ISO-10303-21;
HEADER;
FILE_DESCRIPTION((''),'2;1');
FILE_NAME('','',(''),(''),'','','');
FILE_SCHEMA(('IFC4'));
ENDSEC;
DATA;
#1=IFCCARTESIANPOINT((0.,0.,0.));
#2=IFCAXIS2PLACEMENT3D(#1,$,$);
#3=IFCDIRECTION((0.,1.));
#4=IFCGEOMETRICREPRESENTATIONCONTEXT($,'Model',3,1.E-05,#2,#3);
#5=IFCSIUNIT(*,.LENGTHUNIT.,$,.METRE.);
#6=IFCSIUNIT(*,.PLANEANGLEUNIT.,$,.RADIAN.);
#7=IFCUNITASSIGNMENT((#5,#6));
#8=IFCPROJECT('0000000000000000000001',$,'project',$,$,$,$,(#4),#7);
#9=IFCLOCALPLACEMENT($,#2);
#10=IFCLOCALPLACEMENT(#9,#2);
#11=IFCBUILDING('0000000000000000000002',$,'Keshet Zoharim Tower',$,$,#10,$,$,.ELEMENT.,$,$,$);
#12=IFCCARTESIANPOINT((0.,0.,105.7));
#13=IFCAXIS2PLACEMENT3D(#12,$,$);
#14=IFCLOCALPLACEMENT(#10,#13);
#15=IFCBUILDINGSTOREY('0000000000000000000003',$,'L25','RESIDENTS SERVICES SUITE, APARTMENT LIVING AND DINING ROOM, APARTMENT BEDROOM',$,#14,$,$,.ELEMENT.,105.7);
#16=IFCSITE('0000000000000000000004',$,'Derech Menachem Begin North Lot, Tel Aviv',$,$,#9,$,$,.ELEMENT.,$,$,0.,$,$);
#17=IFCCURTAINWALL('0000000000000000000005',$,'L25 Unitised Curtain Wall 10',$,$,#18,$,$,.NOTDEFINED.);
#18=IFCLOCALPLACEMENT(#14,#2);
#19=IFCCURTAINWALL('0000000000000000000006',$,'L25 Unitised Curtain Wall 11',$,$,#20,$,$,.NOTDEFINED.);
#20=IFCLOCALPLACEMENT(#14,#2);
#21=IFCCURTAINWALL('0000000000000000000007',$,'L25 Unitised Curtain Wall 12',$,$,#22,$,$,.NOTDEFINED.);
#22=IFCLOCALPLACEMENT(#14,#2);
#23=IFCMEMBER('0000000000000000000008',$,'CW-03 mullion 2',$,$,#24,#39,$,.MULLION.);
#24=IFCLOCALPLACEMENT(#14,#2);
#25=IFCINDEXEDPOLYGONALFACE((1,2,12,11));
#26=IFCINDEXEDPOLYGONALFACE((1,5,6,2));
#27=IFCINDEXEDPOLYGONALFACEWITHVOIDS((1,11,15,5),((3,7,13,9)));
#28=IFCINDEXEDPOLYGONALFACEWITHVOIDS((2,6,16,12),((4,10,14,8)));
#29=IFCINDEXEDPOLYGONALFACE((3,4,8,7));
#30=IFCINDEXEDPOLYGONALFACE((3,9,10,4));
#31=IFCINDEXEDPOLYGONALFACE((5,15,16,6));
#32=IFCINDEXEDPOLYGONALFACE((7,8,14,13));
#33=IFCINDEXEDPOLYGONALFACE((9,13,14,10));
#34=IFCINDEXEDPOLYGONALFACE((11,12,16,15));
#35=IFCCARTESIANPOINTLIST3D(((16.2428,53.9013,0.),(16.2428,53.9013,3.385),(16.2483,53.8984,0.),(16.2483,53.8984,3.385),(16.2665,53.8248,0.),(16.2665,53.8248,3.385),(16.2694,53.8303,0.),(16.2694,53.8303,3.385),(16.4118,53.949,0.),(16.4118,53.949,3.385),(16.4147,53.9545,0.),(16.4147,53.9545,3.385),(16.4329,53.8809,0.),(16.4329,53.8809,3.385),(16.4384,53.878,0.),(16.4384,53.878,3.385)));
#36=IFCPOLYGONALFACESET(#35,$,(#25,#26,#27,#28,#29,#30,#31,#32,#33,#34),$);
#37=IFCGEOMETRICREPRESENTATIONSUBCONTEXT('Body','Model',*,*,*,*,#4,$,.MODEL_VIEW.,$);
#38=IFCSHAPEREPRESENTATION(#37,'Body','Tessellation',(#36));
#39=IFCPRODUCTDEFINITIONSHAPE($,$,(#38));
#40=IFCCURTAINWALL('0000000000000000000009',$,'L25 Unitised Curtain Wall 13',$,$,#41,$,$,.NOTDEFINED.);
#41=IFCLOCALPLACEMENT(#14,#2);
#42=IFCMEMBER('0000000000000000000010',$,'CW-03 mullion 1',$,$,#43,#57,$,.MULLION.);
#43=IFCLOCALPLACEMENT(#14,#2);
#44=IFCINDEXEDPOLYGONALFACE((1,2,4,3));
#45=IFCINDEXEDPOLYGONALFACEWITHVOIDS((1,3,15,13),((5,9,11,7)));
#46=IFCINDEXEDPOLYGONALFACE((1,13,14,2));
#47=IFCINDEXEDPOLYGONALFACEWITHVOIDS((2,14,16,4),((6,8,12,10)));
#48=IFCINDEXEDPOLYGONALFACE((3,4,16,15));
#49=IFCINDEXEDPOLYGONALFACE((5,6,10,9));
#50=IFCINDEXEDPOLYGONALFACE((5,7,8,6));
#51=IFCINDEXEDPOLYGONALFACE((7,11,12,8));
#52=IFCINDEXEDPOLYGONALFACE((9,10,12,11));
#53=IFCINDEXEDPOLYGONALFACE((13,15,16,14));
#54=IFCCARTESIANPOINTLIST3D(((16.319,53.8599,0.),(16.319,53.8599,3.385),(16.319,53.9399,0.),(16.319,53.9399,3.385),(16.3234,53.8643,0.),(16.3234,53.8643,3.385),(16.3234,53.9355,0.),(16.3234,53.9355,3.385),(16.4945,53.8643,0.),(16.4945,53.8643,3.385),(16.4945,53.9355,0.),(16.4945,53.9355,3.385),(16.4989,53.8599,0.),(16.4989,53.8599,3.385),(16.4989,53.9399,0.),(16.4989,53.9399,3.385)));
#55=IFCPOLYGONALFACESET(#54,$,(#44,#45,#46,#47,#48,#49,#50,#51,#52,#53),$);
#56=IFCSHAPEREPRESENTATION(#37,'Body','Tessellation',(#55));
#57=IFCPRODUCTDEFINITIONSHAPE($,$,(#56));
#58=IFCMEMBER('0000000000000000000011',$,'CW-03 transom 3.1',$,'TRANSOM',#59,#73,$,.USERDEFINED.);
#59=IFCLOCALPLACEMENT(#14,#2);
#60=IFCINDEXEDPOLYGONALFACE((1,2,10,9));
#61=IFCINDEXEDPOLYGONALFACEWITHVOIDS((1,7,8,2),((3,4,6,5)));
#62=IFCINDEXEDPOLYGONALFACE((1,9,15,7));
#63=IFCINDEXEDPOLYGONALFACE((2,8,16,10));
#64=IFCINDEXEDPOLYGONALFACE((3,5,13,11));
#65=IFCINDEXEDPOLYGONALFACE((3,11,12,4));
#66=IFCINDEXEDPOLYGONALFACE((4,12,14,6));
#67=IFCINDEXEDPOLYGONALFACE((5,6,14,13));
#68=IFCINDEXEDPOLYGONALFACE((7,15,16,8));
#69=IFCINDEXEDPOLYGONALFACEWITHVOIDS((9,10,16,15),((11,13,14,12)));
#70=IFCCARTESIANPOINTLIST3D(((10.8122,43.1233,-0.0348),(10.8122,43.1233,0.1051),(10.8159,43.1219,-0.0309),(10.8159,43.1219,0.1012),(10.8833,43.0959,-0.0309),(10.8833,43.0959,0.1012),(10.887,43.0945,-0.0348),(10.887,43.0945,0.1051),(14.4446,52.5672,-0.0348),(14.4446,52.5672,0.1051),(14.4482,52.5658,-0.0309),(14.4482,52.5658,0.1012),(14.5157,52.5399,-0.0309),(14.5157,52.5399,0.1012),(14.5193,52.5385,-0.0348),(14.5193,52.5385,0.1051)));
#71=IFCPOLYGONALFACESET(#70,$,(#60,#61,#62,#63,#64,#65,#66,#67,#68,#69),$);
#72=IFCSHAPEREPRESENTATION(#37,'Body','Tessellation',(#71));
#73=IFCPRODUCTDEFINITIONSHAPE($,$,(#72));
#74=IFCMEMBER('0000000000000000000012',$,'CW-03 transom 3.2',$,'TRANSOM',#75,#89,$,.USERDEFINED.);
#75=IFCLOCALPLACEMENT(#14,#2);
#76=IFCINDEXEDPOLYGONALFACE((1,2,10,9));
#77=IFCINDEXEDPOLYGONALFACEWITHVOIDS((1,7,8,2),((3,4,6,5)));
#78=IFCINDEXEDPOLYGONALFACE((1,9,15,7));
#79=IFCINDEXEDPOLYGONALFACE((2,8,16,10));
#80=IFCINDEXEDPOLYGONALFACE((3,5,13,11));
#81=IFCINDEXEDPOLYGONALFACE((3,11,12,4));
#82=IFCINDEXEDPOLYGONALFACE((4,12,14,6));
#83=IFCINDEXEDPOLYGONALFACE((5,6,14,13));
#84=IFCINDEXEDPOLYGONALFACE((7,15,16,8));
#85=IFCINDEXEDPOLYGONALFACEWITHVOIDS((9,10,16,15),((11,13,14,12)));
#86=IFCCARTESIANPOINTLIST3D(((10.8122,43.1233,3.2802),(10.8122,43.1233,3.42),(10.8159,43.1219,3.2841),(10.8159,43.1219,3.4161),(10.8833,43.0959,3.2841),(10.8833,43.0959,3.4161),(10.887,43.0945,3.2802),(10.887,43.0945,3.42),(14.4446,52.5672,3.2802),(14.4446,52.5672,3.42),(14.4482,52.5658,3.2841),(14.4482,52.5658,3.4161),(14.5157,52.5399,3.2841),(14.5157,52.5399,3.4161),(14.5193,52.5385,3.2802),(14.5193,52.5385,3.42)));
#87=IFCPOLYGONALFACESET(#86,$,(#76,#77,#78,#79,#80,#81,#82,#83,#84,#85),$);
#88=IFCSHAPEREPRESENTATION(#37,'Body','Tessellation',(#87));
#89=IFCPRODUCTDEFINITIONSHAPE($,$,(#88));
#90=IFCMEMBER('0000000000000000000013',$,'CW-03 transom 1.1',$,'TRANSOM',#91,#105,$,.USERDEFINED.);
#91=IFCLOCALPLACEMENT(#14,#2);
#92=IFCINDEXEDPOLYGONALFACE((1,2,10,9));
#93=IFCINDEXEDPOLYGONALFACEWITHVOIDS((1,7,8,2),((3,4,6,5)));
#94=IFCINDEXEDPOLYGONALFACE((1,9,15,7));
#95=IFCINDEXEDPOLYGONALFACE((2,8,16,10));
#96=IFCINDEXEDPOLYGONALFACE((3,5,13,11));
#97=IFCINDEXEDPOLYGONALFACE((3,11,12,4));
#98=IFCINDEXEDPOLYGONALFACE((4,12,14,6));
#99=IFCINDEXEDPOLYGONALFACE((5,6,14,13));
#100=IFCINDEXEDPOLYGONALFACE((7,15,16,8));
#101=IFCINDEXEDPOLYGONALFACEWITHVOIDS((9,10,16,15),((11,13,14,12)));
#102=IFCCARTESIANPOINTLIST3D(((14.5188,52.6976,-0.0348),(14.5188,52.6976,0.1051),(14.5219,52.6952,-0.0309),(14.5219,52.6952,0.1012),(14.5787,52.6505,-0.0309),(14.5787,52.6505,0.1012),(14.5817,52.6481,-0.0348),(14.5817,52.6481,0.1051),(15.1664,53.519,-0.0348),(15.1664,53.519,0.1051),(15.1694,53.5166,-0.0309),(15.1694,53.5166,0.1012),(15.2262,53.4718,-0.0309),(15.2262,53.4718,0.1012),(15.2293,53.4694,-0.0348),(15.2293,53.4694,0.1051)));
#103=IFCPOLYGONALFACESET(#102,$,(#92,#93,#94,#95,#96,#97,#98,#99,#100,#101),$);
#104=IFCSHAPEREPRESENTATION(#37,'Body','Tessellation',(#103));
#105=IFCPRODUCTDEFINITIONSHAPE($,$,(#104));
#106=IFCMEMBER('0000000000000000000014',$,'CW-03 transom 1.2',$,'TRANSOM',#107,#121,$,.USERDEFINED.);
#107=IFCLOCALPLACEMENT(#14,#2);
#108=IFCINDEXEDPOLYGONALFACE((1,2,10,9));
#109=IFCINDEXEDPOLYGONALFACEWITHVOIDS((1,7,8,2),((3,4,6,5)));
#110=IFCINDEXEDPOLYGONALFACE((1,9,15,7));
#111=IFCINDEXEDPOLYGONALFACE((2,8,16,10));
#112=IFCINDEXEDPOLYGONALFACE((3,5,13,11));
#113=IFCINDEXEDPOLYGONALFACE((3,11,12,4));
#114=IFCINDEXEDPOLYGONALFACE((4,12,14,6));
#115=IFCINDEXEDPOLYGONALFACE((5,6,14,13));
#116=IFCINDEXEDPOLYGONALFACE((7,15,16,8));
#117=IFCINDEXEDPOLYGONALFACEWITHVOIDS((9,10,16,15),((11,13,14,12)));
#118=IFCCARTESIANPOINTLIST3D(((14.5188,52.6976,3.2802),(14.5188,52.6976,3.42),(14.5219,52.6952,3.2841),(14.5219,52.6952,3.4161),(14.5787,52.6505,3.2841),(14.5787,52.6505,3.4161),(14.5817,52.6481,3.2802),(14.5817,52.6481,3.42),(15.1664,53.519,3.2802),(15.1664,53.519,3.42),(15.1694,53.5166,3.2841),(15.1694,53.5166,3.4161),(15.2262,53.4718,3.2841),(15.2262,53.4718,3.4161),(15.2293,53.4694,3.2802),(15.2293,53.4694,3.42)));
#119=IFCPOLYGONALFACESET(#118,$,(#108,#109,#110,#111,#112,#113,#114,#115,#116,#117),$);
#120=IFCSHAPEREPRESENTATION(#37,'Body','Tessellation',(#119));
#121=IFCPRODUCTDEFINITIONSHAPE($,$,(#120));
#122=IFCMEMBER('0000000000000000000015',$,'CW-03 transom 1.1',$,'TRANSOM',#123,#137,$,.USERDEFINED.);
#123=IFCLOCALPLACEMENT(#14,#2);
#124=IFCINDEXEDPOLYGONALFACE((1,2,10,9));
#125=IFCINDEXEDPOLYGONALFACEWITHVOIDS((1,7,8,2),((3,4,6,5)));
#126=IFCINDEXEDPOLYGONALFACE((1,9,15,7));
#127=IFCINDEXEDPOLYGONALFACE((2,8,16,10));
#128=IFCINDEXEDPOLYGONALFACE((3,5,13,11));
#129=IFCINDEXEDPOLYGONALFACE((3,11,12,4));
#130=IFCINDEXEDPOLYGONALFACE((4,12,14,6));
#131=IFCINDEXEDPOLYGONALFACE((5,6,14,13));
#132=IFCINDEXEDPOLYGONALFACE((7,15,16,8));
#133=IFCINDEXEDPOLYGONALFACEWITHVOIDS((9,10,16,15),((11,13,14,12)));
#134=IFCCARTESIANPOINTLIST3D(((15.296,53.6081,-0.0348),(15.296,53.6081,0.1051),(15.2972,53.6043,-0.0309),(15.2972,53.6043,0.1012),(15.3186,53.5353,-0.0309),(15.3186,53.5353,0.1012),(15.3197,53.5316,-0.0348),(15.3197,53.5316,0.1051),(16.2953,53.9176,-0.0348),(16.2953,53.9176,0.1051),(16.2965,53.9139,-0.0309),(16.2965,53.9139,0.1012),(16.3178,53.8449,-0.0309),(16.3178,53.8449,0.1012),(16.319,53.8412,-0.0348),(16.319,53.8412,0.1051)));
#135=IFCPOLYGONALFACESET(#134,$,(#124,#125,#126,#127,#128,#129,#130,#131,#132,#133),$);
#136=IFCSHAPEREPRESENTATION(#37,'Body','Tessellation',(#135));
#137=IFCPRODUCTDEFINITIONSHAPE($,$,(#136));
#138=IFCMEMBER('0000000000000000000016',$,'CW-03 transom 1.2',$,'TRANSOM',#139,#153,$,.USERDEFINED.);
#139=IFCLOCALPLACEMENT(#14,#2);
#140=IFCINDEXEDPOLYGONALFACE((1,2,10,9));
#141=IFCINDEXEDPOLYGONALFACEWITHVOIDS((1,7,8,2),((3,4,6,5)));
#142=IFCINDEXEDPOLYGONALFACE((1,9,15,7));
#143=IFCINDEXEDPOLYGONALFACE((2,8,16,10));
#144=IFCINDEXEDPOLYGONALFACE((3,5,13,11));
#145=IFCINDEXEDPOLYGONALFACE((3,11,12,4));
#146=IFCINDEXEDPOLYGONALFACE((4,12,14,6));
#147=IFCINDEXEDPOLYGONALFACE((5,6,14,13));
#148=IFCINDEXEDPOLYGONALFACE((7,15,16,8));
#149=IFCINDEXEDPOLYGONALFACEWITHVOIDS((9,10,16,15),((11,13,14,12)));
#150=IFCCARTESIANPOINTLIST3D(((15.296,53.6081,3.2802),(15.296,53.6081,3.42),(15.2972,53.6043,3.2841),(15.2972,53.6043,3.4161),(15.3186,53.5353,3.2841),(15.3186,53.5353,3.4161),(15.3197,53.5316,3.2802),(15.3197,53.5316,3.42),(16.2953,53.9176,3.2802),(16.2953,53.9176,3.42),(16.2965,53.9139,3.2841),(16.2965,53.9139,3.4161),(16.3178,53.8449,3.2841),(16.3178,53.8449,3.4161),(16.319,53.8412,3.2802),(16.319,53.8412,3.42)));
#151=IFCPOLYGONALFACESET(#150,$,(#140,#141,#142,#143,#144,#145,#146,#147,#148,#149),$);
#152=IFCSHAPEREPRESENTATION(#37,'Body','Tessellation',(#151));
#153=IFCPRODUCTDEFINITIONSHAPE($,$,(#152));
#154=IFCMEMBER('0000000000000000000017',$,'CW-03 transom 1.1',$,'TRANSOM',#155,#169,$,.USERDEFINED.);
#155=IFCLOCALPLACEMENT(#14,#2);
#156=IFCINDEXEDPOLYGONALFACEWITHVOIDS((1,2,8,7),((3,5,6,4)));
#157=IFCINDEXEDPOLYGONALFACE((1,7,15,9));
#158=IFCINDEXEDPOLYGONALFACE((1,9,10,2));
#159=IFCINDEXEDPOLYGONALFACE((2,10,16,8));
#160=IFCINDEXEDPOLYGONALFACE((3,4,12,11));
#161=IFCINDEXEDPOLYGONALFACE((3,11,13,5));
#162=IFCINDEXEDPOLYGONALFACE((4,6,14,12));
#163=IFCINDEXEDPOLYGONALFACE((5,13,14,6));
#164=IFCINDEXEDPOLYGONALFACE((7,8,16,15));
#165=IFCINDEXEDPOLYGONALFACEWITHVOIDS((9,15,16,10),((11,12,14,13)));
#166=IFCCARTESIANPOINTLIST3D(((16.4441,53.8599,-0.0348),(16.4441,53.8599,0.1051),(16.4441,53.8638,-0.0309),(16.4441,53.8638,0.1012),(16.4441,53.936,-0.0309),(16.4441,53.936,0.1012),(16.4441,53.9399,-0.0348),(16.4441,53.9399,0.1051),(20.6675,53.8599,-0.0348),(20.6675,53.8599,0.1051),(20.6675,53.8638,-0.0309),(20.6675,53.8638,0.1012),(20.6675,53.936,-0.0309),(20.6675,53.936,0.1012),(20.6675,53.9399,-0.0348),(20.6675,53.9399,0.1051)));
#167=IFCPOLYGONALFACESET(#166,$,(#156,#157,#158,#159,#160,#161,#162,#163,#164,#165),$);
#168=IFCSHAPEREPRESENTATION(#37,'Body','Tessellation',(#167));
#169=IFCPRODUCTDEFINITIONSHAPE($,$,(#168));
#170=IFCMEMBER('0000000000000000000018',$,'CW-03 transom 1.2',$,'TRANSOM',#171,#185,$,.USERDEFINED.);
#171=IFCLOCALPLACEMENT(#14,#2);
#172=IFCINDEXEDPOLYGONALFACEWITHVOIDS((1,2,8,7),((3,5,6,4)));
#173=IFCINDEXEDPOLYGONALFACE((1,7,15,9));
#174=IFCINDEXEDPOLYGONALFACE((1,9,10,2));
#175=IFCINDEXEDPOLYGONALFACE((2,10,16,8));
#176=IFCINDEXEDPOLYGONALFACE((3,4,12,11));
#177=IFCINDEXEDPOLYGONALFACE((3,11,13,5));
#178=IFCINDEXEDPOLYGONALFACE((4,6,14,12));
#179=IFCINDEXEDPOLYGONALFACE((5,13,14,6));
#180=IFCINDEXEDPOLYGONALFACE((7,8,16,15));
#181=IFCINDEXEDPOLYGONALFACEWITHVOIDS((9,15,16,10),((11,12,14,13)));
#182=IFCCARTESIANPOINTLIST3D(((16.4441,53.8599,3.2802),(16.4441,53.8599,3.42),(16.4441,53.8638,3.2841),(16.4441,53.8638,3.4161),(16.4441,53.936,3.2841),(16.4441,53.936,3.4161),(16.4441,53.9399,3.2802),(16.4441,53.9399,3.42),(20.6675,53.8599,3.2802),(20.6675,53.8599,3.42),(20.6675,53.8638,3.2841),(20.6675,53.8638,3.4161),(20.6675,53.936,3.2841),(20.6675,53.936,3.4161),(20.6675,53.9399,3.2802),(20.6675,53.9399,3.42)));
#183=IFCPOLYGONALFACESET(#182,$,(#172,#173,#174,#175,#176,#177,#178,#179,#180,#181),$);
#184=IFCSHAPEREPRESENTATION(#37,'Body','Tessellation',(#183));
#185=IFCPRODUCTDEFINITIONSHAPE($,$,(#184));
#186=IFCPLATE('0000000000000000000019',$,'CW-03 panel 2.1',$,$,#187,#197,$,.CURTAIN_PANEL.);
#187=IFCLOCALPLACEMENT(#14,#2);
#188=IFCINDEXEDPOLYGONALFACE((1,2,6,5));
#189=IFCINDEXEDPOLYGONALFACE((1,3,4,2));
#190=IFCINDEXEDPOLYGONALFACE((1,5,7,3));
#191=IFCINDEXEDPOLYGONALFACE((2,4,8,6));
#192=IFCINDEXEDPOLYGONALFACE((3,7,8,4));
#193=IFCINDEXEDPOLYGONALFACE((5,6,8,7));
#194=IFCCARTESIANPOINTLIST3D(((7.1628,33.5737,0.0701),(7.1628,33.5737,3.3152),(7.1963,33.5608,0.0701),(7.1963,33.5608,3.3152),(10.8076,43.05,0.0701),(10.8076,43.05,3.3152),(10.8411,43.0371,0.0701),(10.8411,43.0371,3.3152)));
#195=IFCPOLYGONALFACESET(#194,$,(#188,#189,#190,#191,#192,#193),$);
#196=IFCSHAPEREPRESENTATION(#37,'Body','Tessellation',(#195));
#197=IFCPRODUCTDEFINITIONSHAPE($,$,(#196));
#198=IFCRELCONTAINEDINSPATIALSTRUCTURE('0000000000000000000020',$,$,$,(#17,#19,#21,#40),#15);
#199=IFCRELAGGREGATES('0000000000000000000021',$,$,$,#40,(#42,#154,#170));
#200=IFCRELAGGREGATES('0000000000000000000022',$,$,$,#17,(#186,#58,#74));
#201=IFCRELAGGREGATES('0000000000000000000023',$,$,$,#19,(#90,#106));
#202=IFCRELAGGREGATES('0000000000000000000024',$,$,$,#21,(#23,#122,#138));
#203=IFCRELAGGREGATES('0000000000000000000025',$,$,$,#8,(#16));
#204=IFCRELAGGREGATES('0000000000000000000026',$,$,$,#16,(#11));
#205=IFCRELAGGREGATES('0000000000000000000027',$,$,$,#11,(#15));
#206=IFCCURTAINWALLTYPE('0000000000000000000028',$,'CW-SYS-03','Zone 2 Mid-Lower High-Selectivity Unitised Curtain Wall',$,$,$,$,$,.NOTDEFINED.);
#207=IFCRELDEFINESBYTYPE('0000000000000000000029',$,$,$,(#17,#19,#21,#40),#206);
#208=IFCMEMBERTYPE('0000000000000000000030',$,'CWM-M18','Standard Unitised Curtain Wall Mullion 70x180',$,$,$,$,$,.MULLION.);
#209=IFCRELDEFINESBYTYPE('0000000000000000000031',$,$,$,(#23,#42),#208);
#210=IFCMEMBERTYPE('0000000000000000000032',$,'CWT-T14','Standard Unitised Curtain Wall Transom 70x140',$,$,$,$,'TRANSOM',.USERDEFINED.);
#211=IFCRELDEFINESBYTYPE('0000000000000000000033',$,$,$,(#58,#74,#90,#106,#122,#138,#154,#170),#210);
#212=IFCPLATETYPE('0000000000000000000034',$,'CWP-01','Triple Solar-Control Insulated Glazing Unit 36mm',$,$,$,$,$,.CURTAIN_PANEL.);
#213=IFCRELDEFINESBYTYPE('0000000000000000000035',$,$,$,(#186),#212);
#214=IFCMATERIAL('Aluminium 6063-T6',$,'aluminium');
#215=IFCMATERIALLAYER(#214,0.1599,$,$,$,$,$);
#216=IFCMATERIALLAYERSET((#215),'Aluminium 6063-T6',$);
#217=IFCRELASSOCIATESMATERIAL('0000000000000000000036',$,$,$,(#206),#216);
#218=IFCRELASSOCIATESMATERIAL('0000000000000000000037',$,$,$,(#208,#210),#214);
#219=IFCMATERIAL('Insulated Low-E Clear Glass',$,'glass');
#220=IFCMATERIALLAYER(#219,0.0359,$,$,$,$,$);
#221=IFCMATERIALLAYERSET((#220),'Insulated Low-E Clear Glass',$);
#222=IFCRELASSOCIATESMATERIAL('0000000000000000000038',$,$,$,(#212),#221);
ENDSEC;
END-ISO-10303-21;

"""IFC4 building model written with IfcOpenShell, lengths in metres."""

from ifc_helpers import new_model, si_unit, direction, frame, origin, origin_2d, place, context, subcontext, project, spatial, rectangle, hollow_rectangle, extrude, material, layer, layer_set, material_profile, profile_set, type_object, element, aggregate, save


model = new_model("IFC4")

# Units and contexts
model_context = context("Model", 3, precision=1e-05, world=origin(), true_north=direction((0.0, 1.0)))
body_context = subcontext(model_context, "Body", "Model", "MODEL_VIEW")
ifc_project = project(units=[si_unit("LENGTHUNIT", "METRE"), si_unit("PLANEANGLEUNIT", "RADIAN")], contexts=[model_context])

# Site, building, storey
site_placement = place(None, origin())
site = spatial("IfcSite", under=ifc_project, at=site_placement, Name="Derech Menachem Begin North Lot, Tel Aviv", CompositionType="ELEMENT", RefElevation=0.0)
building_placement = place(site_placement, origin())
building = spatial("IfcBuilding", under=site, at=building_placement, Name="Keshet Zoharim Tower", CompositionType="ELEMENT")
storey_placement = place(building_placement, frame((0.0, 0.0, 105.7)))
storey = spatial("IfcBuildingStorey", under=building, at=storey_placement, Name="L25", Description="RESIDENTS SERVICES SUITE, APARTMENT LIVING AND DINING ROOM, APARTMENT BEDROOM", CompositionType="ELEMENT", Elevation=105.7)

# Curtain walls, member
ifc_material_1 = material(Name="Aluminium 6063-T6", Category="aluminium")
ifc_layer_1 = layer(ifc_material_1, 0.1599)
ifc_layer_set_1 = layer_set([ifc_layer_1], Name="Aluminium 6063-T6")
curtain_wall_type = type_object("IfcCurtainWallType", Name="CW-SYS-03", Description="Zone 2 Mid-Lower High-Selectivity Unitised Curtain Wall", PredefinedType="NOTDEFINED", material=ifc_layer_set_1)
curtain_wall_1_placement = place(storey_placement, origin())
curtain_wall_1 = element("IfcCurtainWall", 1, at=curtain_wall_1_placement, inside=storey, type_object=curtain_wall_type, Name="L25 Unitised Curtain Wall 10", PredefinedType="NOTDEFINED")
ifc_material_profile_1 = material_profile(ifc_material_1, hollow_rectangle(XDim=0.0801, YDim=0.1799, WallThickness=0.0044, at=origin_2d()), Name="MUL-80x180")
ifc_profile_set_1 = profile_set([ifc_material_profile_1], Name="Aluminium 6063-T6")
member_type_1 = type_object("IfcMemberType", Name="CWM-M18", Description="Standard Unitised Curtain Wall Mullion 70x180", PredefinedType="MULLION", material=ifc_profile_set_1)
curtain_wall_2_placement = place(storey_placement, origin())
curtain_wall_2 = element("IfcCurtainWall", 2, at=curtain_wall_2_placement, inside=storey, type_object=curtain_wall_type, Name="L25 Unitised Curtain Wall 11", PredefinedType="NOTDEFINED")
curtain_wall_3_placement = place(storey_placement, origin())
curtain_wall_3 = element("IfcCurtainWall", 3, at=curtain_wall_3_placement, inside=storey, type_object=curtain_wall_type, Name="L25 Unitised Curtain Wall 12", PredefinedType="NOTDEFINED")
member_1_placement = place(storey_placement, frame((16.3406, 53.8896, 0.0), z_axis=(0.0, 0.0, 1.0), x_axis=(-0.295922, 0.955212, 0.0)))
member_1 = element("IfcMember", 4, at=member_1_placement, type_object=member_type_1, Name="CW-03 mullion 2", PredefinedType="MULLION", context=body_context, shape_type="SweptSolid", body=[
    extrude(hollow_rectangle(XDim=0.0801, YDim=0.1799, WallThickness=0.0044, at=origin_2d()), origin(), (0.0, 0.0, 1.0), 3.385),
])

# Curtain wall, member
curtain_wall_4_placement = place(storey_placement, origin())
curtain_wall_4 = element("IfcCurtainWall", 5, at=curtain_wall_4_placement, inside=storey, type_object=curtain_wall_type, Name="L25 Unitised Curtain Wall 13", PredefinedType="NOTDEFINED")
member_2_placement = place(storey_placement, frame((16.4089, 53.8999, 0.0), z_axis=(0.0, 0.0, 1.0), x_axis=(0.0, 1.0, 0.0)))
member_2 = element("IfcMember", 6, at=member_2_placement, type_object=member_type_1, Name="CW-03 mullion 1", PredefinedType="MULLION", context=body_context, shape_type="SweptSolid", body=[
    extrude(hollow_rectangle(XDim=0.0801, YDim=0.1799, WallThickness=0.0044, at=origin_2d()), origin(), (0.0, 0.0, 1.0), 3.385),
])

# Members
ifc_material_profile_2 = material_profile(ifc_material_1, hollow_rectangle(XDim=0.0801, YDim=0.1399, WallThickness=0.0039, at=origin_2d()), Name="TRN-80x140")
ifc_profile_set_2 = profile_set([ifc_material_profile_2], Name="Aluminium 6063-T6")
member_type_2 = type_object("IfcMemberType", Name="CWT-T14", Description="Standard Unitised Curtain Wall Transom 70x140", ElementType="TRANSOM", PredefinedType="USERDEFINED", material=ifc_profile_set_2)
member_3_placement = place(storey_placement, frame((10.8496, 43.1089, 0.0352), z_axis=(0.358986, 0.933343, 0.0), x_axis=(-0.933343, 0.358986, 0.0)))
member_3 = element("IfcMember", 7, at=member_3_placement, type_object=member_type_2, Name="CW-03 transom 3.1", ObjectType="TRANSOM", PredefinedType="USERDEFINED", context=body_context, shape_type="SweptSolid", body=[
    extrude(hollow_rectangle(XDim=0.0801, YDim=0.1399, WallThickness=0.0039, at=origin_2d()), origin(), (0.0, 0.0, 1.0), 10.1184),
])
member_4_placement = place(storey_placement, frame((10.8496, 43.1089, 3.3501), z_axis=(0.358986, 0.933343, 0.0), x_axis=(-0.933343, 0.358986, 0.0)))
member_4 = element("IfcMember", 8, at=member_4_placement, type_object=member_type_2, Name="CW-03 transom 3.2", ObjectType="TRANSOM", PredefinedType="USERDEFINED", context=body_context, shape_type="SweptSolid", body=[
    extrude(hollow_rectangle(XDim=0.0801, YDim=0.1399, WallThickness=0.0039, at=origin_2d()), origin(), (0.0, 0.0, 1.0), 10.1184),
])
member_5_placement = place(storey_placement, frame((14.5503, 52.6729, 0.0352), z_axis=(0.619099, 0.785313, 0.0), x_axis=(-0.785313, 0.619099, 0.0)))
member_5 = element("IfcMember", 9, at=member_5_placement, type_object=member_type_2, Name="CW-03 transom 1.1", ObjectType="TRANSOM", PredefinedType="USERDEFINED", context=body_context, shape_type="SweptSolid", body=[
    extrude(hollow_rectangle(XDim=0.0801, YDim=0.1399, WallThickness=0.0039, at=origin_2d()), origin(), (0.0, 0.0, 1.0), 1.0459),
])
member_6_placement = place(storey_placement, frame((14.5503, 52.6729, 3.3501), z_axis=(0.619099, 0.785313, 0.0), x_axis=(-0.785313, 0.619099, 0.0)))
member_6 = element("IfcMember", 10, at=member_6_placement, type_object=member_type_2, Name="CW-03 transom 1.2", ObjectType="TRANSOM", PredefinedType="USERDEFINED", context=body_context, shape_type="SweptSolid", body=[
    extrude(hollow_rectangle(XDim=0.0801, YDim=0.1399, WallThickness=0.0039, at=origin_2d()), origin(), (0.0, 0.0, 1.0), 1.0459),
])
member_7_placement = place(storey_placement, frame((15.3079, 53.5698, 0.0352), z_axis=(0.955212, 0.295922, 0.0), x_axis=(-0.295922, 0.955212, 0.0)))
member_7 = element("IfcMember", 11, at=member_7_placement, type_object=member_type_2, Name="CW-03 transom 1.1", ObjectType="TRANSOM", PredefinedType="USERDEFINED", context=body_context, shape_type="SweptSolid", body=[
    extrude(hollow_rectangle(XDim=0.0801, YDim=0.1399, WallThickness=0.0039, at=origin_2d()), origin(), (0.0, 0.0, 1.0), 1.0461),
])
member_8_placement = place(storey_placement, frame((15.3079, 53.5698, 3.3501), z_axis=(0.955212, 0.295922, 0.0), x_axis=(-0.295922, 0.955212, 0.0)))
member_8 = element("IfcMember", 12, at=member_8_placement, type_object=member_type_2, Name="CW-03 transom 1.2", ObjectType="TRANSOM", PredefinedType="USERDEFINED", context=body_context, shape_type="SweptSolid", body=[
    extrude(hollow_rectangle(XDim=0.0801, YDim=0.1399, WallThickness=0.0039, at=origin_2d()), origin(), (0.0, 0.0, 1.0), 1.0461),
])
member_9_placement = place(storey_placement, frame((16.4441, 53.8999, 0.0352), z_axis=(1.0, 0.0, 0.0), x_axis=(0.0, 1.0, 0.0)))
member_9 = element("IfcMember", 13, at=member_9_placement, type_object=member_type_2, Name="CW-03 transom 1.1", ObjectType="TRANSOM", PredefinedType="USERDEFINED", context=body_context, shape_type="SweptSolid", body=[
    extrude(hollow_rectangle(XDim=0.0801, YDim=0.1399, WallThickness=0.0039, at=origin_2d()), origin(), (0.0, 0.0, 1.0), 4.2234),
])
member_10_placement = place(storey_placement, frame((16.4441, 53.8999, 3.3501), z_axis=(1.0, 0.0, 0.0), x_axis=(0.0, 1.0, 0.0)))
member_10 = element("IfcMember", 14, at=member_10_placement, type_object=member_type_2, Name="CW-03 transom 1.2", ObjectType="TRANSOM", PredefinedType="USERDEFINED", context=body_context, shape_type="SweptSolid", body=[
    extrude(hollow_rectangle(XDim=0.0801, YDim=0.1399, WallThickness=0.0039, at=origin_2d()), origin(), (0.0, 0.0, 1.0), 4.2234),
])
aggregate(curtain_wall_4, [member_2, member_9, member_10])

# Plate
ifc_material_2 = material(Name="Insulated Low-E Clear Glass", Category="glass")
ifc_layer_2 = layer(ifc_material_2, 0.0359)
ifc_layer_set_2 = layer_set([ifc_layer_2], Name="Insulated Low-E Clear Glass")
plate_type = type_object("IfcPlateType", Name="CWP-01", Description="Triple Solar-Control Insulated Glazing Unit 36mm", PredefinedType="CURTAIN_PANEL", material=ifc_layer_set_2)
plate_1_placement = place(storey_placement, frame((9.002, 38.3054, 0.0701), z_axis=(0.0, 0.0, 1.0), x_axis=(0.35899, 0.933341, 0.0)))
plate_1 = element("IfcPlate", 15, at=plate_1_placement, type_object=plate_type, Name="CW-03 panel 2.1", PredefinedType="CURTAIN_PANEL", context=body_context, shape_type="SweptSolid", body=[
    extrude(rectangle(XDim=10.1531, YDim=0.0359, at=origin_2d()), origin(), (0.0, 0.0, 1.0), 3.2451),
])
aggregate(curtain_wall_1, [plate_1, member_3, member_4])
aggregate(curtain_wall_2, [member_5, member_6])
aggregate(curtain_wall_3, [member_1, member_7, member_8])

save(model, "model.ifc")
